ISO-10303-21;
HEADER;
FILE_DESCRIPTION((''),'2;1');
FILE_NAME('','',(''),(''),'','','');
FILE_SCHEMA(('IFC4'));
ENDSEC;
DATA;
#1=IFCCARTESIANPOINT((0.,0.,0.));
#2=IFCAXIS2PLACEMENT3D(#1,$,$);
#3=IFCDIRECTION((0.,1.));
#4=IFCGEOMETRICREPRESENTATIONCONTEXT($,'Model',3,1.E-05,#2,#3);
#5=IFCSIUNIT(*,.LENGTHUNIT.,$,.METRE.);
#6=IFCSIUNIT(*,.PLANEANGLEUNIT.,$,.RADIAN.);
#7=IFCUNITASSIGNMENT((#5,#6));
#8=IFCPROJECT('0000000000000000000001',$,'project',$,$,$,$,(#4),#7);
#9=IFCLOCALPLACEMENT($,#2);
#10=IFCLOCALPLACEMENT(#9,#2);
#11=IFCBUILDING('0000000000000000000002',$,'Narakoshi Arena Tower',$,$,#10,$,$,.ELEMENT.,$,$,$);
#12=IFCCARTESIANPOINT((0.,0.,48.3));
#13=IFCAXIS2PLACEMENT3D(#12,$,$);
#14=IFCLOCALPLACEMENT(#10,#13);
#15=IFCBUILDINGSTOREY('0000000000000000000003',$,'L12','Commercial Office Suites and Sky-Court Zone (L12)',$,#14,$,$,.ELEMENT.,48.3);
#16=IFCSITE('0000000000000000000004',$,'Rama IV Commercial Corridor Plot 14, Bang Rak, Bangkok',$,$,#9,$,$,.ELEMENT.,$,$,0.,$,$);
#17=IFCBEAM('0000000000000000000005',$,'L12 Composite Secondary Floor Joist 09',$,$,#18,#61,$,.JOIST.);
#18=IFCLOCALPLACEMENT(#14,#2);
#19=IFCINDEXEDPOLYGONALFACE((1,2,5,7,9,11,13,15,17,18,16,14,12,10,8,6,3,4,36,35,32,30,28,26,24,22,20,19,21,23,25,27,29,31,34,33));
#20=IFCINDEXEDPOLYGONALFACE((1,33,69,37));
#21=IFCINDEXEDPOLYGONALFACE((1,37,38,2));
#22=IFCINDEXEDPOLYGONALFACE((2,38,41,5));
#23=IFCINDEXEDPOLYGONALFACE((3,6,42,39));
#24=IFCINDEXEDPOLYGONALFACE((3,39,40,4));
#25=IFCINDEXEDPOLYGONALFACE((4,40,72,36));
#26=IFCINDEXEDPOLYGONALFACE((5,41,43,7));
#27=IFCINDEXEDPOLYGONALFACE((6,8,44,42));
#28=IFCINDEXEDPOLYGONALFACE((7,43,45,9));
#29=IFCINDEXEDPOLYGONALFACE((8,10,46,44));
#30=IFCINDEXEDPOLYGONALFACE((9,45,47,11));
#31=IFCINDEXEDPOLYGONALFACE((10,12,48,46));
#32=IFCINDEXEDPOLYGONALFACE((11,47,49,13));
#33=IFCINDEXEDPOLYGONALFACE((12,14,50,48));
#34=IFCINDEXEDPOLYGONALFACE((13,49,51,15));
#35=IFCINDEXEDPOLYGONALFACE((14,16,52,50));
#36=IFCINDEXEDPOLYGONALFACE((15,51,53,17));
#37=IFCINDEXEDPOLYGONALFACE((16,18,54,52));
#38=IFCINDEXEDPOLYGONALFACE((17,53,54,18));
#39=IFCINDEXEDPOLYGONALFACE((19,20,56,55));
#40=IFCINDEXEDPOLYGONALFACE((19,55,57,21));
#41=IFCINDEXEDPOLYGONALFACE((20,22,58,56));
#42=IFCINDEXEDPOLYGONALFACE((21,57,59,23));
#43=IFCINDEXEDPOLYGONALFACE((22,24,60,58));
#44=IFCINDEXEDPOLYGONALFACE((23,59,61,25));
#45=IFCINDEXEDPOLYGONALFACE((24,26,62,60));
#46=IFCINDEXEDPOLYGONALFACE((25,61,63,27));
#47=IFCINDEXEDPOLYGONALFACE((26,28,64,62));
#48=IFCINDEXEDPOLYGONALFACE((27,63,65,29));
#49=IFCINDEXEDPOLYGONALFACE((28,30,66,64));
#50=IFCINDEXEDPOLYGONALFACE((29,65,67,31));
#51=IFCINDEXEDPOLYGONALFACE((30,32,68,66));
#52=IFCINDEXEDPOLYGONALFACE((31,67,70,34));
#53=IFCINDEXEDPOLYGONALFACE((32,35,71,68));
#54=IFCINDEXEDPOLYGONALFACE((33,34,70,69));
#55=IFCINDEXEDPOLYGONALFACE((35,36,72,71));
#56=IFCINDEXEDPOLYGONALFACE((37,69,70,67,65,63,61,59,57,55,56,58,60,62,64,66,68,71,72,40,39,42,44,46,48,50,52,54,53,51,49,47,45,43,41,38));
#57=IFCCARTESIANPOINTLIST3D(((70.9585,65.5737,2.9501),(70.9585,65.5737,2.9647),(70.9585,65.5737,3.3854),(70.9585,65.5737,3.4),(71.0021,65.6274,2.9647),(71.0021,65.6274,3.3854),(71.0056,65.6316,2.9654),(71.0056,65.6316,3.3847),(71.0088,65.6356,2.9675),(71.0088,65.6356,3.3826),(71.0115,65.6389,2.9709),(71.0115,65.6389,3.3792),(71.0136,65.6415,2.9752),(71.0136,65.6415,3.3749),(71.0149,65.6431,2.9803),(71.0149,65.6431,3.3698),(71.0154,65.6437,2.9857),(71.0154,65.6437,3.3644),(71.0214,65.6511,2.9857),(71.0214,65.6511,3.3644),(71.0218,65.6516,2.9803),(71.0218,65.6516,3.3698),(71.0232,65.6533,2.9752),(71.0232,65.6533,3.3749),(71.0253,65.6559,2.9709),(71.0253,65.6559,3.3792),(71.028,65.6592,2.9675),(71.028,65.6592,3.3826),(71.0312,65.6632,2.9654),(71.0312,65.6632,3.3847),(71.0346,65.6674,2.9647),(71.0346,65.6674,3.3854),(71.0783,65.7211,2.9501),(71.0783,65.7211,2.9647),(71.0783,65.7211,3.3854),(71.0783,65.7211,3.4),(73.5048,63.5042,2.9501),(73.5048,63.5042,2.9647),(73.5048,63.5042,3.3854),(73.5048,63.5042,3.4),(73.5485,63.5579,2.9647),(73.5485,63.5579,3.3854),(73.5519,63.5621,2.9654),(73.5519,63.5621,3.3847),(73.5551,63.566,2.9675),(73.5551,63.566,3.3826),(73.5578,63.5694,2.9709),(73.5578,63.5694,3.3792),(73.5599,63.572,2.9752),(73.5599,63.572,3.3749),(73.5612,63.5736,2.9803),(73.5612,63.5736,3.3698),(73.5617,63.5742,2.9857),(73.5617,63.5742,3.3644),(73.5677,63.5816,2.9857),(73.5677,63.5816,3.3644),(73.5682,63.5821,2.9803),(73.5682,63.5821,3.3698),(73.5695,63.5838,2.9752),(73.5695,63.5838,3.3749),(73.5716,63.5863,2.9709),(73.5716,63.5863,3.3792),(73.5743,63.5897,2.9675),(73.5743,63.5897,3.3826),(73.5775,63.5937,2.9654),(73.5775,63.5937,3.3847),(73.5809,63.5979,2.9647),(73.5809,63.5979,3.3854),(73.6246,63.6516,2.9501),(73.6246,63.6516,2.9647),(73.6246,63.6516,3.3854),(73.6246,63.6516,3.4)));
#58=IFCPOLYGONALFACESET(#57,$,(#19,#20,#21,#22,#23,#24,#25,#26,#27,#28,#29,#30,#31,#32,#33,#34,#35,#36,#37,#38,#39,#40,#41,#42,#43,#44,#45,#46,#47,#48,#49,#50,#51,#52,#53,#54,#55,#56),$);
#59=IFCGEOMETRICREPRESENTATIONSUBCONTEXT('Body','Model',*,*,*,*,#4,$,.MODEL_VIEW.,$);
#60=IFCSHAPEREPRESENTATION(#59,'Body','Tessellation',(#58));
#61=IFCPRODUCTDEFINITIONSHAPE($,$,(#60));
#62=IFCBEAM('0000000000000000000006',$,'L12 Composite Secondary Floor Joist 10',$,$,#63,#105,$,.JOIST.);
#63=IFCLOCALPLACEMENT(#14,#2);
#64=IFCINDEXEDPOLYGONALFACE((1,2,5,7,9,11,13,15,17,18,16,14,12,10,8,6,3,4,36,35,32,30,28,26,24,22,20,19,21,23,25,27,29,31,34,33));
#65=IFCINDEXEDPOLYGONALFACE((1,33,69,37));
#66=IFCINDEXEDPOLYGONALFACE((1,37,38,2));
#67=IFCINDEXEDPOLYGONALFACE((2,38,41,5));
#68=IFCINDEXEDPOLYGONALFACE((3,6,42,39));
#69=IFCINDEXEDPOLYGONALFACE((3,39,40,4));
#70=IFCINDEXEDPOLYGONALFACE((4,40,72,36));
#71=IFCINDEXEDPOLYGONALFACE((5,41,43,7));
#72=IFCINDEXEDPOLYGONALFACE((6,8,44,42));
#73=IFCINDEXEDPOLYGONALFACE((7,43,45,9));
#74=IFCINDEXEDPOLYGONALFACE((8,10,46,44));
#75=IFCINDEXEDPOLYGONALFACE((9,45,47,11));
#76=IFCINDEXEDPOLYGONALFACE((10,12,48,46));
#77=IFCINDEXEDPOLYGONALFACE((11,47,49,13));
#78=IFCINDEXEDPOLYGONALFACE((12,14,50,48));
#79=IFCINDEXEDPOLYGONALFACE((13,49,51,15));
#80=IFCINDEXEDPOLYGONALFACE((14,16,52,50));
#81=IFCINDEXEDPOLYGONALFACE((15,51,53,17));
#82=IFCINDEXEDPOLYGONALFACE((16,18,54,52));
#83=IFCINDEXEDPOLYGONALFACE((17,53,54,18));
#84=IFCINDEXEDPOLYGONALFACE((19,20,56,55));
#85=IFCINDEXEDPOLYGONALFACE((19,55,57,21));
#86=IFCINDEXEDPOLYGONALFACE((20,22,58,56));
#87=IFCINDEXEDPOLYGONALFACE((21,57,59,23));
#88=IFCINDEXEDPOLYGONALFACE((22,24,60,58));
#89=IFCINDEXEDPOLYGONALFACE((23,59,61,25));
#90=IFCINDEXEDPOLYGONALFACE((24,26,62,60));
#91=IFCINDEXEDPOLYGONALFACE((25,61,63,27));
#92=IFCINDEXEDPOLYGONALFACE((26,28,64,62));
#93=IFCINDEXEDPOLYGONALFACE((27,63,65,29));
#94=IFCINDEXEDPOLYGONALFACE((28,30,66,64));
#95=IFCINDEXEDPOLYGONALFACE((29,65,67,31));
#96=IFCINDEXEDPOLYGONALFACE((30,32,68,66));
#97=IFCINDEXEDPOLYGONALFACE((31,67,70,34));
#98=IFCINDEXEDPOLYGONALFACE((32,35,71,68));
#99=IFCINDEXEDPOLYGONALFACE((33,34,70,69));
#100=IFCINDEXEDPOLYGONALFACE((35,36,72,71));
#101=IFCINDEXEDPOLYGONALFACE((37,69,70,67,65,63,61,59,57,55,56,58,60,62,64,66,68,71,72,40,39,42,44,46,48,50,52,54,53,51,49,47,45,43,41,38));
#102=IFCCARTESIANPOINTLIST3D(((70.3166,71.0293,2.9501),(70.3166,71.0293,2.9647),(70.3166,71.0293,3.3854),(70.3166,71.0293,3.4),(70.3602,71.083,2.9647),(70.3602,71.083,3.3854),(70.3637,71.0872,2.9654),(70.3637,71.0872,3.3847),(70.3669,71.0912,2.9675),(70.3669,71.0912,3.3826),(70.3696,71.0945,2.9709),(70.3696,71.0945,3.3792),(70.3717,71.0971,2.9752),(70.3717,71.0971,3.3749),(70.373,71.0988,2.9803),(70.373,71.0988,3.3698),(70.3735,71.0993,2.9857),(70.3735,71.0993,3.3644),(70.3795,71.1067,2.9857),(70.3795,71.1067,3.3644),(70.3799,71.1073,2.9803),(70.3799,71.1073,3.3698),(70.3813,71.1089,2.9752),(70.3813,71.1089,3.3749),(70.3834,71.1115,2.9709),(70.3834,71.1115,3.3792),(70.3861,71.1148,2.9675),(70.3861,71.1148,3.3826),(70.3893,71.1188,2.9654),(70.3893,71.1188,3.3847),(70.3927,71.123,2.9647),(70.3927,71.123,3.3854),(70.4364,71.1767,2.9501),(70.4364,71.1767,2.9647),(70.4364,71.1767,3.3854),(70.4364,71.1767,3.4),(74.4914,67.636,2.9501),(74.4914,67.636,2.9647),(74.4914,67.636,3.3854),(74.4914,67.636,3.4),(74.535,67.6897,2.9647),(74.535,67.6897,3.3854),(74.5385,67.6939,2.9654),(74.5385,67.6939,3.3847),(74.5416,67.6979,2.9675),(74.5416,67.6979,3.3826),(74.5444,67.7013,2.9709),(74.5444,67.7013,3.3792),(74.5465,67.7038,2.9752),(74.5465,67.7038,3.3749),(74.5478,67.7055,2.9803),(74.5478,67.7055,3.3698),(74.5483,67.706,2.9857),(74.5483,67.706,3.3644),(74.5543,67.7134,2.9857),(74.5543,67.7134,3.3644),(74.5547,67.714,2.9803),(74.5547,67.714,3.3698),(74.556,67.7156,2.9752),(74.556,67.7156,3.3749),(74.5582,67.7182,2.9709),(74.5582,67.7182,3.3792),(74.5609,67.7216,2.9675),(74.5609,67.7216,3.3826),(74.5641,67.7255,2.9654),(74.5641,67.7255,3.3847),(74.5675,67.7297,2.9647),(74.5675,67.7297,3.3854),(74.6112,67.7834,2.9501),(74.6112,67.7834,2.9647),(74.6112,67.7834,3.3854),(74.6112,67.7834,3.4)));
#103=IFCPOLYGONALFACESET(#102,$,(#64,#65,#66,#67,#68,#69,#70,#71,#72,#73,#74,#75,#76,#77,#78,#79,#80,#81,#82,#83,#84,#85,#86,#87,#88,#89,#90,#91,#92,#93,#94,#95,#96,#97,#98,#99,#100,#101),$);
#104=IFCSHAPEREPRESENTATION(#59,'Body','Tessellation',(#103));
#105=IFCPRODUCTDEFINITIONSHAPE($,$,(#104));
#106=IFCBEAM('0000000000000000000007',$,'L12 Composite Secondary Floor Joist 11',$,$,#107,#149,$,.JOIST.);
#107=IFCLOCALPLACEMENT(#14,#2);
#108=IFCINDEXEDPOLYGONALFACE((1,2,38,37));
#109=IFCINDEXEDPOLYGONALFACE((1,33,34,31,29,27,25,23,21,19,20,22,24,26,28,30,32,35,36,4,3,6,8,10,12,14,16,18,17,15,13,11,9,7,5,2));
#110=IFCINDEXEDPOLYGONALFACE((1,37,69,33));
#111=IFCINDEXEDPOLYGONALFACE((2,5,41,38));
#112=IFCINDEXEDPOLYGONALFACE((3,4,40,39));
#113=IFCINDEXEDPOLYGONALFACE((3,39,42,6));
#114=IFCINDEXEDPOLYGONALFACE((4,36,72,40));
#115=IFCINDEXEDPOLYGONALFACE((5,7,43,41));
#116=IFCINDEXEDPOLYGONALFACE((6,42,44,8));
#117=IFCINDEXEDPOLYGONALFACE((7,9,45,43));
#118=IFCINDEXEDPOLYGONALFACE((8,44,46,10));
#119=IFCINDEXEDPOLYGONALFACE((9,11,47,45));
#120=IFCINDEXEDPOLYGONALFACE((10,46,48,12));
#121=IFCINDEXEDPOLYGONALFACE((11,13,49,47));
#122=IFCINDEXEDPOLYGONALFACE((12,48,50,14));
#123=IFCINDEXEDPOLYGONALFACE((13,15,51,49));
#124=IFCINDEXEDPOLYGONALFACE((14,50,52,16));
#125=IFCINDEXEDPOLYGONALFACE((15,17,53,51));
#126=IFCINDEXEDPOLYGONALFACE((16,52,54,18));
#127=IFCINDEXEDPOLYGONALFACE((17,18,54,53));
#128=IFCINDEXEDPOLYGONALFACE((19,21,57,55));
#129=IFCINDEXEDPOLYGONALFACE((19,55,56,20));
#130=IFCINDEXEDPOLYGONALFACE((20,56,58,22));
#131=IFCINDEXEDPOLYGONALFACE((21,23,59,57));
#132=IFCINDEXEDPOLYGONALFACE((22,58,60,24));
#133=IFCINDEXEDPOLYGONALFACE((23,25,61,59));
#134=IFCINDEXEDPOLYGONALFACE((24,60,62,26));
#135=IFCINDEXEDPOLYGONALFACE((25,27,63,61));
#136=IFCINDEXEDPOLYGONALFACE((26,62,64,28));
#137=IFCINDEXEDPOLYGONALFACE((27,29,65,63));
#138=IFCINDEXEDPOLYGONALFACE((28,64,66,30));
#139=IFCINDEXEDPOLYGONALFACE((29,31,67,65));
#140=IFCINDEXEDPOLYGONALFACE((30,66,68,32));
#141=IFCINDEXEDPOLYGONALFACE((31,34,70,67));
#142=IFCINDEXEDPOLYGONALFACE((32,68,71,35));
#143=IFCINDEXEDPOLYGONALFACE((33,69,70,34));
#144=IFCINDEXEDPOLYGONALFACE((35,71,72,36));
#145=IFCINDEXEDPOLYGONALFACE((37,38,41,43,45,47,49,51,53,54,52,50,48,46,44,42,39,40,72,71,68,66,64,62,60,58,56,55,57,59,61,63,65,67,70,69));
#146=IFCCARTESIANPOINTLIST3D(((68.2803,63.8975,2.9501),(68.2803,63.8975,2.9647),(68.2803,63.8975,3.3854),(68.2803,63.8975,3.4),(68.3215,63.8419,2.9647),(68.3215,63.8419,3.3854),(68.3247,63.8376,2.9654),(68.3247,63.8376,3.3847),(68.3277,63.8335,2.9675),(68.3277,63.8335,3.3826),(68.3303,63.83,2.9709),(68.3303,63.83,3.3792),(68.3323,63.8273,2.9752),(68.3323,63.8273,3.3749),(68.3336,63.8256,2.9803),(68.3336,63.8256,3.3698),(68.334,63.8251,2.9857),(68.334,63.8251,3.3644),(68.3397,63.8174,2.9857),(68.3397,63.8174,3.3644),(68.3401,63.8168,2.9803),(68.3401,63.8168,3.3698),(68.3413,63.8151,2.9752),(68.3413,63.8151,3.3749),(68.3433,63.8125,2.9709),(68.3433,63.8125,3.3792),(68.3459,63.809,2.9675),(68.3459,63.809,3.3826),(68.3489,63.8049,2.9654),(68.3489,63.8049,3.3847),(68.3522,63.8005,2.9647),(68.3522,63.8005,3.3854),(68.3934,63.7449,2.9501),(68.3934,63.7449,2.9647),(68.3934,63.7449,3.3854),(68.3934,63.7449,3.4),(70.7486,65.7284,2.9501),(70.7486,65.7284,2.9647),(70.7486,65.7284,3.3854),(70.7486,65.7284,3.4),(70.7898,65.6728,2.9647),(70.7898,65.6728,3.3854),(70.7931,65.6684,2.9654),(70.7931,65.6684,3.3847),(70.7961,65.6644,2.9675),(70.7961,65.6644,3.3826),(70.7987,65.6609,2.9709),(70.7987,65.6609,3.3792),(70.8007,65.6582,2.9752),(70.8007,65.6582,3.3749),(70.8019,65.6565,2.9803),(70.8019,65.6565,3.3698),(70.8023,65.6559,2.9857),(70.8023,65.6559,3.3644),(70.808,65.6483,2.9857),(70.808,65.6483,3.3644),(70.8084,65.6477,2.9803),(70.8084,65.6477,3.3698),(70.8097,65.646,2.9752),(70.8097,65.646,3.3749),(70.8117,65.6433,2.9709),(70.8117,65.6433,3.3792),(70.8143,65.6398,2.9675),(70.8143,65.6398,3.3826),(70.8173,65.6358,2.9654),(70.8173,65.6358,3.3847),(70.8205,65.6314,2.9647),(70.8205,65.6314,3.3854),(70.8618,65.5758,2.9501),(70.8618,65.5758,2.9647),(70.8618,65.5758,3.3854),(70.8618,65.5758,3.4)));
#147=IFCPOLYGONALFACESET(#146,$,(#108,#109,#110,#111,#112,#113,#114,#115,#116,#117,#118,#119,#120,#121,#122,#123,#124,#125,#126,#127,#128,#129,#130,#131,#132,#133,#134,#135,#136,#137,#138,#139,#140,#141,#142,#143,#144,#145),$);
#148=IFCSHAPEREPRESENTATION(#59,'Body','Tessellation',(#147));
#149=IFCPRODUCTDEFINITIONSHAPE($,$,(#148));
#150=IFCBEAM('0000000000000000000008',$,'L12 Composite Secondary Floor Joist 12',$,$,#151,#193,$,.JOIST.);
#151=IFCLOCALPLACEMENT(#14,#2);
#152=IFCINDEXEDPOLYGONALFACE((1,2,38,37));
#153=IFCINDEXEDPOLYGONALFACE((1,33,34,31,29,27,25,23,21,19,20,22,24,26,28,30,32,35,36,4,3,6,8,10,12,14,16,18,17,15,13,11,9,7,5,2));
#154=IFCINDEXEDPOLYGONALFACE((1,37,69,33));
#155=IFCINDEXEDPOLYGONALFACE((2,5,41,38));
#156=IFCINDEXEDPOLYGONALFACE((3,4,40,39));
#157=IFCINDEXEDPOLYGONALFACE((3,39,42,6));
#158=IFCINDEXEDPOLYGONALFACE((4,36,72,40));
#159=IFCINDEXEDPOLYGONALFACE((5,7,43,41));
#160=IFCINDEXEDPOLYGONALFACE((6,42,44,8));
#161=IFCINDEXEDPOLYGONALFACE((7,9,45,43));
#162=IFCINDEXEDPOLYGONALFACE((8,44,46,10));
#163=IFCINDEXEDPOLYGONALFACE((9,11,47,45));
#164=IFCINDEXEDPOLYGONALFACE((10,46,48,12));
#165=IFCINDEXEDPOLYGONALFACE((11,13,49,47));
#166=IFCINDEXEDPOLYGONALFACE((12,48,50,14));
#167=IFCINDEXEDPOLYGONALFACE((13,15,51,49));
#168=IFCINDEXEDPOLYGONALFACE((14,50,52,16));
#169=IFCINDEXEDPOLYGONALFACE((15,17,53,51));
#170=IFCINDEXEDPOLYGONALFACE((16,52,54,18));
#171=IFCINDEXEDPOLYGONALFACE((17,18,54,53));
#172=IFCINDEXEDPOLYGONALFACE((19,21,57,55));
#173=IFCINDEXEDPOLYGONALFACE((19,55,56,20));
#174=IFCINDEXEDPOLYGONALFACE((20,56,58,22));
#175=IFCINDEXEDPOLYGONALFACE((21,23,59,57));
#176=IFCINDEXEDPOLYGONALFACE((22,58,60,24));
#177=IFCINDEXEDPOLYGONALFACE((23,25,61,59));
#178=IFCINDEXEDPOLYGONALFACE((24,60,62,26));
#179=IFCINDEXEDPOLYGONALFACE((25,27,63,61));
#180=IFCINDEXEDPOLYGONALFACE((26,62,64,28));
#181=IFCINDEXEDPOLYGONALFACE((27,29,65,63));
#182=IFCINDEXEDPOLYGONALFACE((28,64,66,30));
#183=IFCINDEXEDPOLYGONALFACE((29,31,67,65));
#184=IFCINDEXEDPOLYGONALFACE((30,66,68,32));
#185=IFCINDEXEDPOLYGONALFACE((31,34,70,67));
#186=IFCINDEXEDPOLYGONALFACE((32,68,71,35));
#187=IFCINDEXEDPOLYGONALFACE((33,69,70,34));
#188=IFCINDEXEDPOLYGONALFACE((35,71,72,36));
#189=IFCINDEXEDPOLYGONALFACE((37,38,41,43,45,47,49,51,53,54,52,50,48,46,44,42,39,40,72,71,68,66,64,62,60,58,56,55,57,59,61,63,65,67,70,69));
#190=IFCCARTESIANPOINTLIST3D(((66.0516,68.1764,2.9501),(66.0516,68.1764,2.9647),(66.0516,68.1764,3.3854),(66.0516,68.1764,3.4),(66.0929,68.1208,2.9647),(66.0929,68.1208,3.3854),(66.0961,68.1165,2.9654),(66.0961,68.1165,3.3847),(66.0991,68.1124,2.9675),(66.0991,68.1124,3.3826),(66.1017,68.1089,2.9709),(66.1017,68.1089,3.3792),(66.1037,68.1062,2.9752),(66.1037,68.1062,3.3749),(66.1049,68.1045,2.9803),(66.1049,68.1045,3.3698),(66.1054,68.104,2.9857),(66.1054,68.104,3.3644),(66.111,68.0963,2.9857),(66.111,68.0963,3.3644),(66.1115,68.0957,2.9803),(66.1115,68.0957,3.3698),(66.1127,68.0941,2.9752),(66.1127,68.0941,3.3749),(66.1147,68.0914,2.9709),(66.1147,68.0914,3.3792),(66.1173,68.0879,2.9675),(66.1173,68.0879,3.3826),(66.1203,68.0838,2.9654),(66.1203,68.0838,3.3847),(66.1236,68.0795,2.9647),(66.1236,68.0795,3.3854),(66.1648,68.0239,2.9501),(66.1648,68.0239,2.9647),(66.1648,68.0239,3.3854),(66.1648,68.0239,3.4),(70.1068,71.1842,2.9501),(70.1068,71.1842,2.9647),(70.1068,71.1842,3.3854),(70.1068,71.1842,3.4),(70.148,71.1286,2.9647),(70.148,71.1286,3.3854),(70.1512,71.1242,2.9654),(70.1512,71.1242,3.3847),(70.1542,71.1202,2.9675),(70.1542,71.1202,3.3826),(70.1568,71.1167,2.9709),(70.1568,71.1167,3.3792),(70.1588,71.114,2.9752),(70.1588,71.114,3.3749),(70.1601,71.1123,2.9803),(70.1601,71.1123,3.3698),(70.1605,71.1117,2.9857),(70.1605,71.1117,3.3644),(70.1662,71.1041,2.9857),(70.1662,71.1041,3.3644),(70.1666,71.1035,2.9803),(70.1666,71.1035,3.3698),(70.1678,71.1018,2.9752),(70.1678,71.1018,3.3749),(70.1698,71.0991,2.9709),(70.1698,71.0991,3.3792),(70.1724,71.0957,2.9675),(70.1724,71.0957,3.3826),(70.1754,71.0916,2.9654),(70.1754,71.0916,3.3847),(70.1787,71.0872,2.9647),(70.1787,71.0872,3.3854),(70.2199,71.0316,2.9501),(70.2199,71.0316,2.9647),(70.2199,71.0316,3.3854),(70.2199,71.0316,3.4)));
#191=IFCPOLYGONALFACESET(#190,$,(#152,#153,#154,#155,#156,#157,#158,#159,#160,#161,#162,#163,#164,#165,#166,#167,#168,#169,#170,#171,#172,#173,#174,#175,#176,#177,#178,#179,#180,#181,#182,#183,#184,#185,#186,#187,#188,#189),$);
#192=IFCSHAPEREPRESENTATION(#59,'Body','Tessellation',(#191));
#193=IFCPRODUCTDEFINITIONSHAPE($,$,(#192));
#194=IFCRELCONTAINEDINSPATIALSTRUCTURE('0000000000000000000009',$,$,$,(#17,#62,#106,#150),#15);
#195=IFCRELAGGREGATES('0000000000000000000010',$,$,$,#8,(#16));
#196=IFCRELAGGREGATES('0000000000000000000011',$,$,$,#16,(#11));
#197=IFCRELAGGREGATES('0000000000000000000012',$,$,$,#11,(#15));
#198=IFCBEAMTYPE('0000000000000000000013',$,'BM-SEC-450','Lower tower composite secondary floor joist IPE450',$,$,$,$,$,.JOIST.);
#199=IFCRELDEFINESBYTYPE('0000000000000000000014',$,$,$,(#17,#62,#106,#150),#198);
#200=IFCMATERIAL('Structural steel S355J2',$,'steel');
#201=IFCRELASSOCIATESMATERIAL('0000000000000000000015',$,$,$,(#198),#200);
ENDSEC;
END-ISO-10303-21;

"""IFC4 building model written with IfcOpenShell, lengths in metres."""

from ifc_helpers import new_model, si_unit, direction, frame, origin, origin_2d, place, context, subcontext, project, spatial, i_section, extrude, material, material_profile, profile_set, type_object, element, save


model = new_model("IFC4")

# Units and contexts
model_context = context("Model", 3, precision=1e-05, world=origin(), true_north=direction((0.0, 1.0)))
body_context = subcontext(model_context, "Body", "Model", "MODEL_VIEW")
ifc_project = project(units=[si_unit("LENGTHUNIT", "METRE"), si_unit("PLANEANGLEUNIT", "RADIAN")], contexts=[model_context])

# Site, building, storey
site_placement = place(None, origin())
site = spatial("IfcSite", under=ifc_project, at=site_placement, Name="Rama IV Commercial Corridor Plot 14, Bang Rak, Bangkok", CompositionType="ELEMENT", RefElevation=0.0)
building_placement = place(site_placement, origin())
building = spatial("IfcBuilding", under=site, at=building_placement, Name="Narakoshi Arena Tower", CompositionType="ELEMENT")
storey_placement = place(building_placement, frame((0.0, 0.0, 48.3)))
storey = spatial("IfcBuildingStorey", under=building, at=storey_placement, Name="L12", Description="Commercial Office Suites and Sky-Court Zone (L12)", CompositionType="ELEMENT", Elevation=48.3)

# Beams
ifc_material_1 = material(Name="Structural steel S355J2", Category="steel")
ifc_material_profile_1 = material_profile(ifc_material_1, i_section(OverallWidth=0.1899, OverallDepth=0.45, WebThickness=0.0095, FlangeThickness=0.0146, FilletRadius=0.021, at=origin_2d()), Name="IPE450")
ifc_profile_set_1 = profile_set([ifc_material_profile_1], Name="Structural steel S355J2")
beam_type_1 = type_object("IfcBeamType", Name="BM-SEC-450", Description="Lower tower composite secondary floor joist IPE450", PredefinedType="JOIST", material=ifc_profile_set_1)
beam_1_placement = place(storey_placement, frame((73.5647, 63.5779, 3.175), z_axis=(-0.776018, 0.63071, 0.0), x_axis=(-0.63071, -0.776018, 0.0)))
element("IfcBeam", 1, at=beam_1_placement, inside=storey, type_object=beam_type_1, Name="L12 Composite Secondary Floor Joist 09", PredefinedType="JOIST", context=body_context, shape_type="SweptSolid", body=[
    extrude(i_section(OverallWidth=0.1899, OverallDepth=0.45, WebThickness=0.0095, FlangeThickness=0.0146, FilletRadius=0.021, at=origin_2d()), origin(), (0.0, 0.0, 1.0), 3.2812),
])
beam_2_placement = place(storey_placement, frame((74.5513, 67.7097, 3.175), z_axis=(-0.775997, 0.630736, 0.0), x_axis=(-0.630736, -0.775997, 0.0)))
element("IfcBeam", 2, at=beam_2_placement, inside=storey, type_object=beam_type_1, Name="L12 Composite Secondary Floor Joist 10", PredefinedType="JOIST", context=body_context, shape_type="SweptSolid", body=[
    extrude(i_section(OverallWidth=0.1899, OverallDepth=0.45, WebThickness=0.0095, FlangeThickness=0.0146, FilletRadius=0.021, at=origin_2d()), origin(), (0.0, 0.0, 1.0), 5.3799),
])
beam_3_placement = place(storey_placement, frame((70.8052, 65.6521, 3.175), z_axis=(-0.803173, -0.595746, 0.0), x_axis=(0.595746, -0.803173, 0.0)))
element("IfcBeam", 3, at=beam_3_placement, inside=storey, type_object=beam_type_1, Name="L12 Composite Secondary Floor Joist 11", PredefinedType="JOIST", context=body_context, shape_type="SweptSolid", body=[
    extrude(i_section(OverallWidth=0.1899, OverallDepth=0.45, WebThickness=0.0095, FlangeThickness=0.0146, FilletRadius=0.021, at=origin_2d()), origin(), (0.0, 0.0, 1.0), 3.0732),
])
beam_4_placement = place(storey_placement, frame((70.1633, 71.1079, 3.175), z_axis=(-0.80318, -0.595736, 0.0), x_axis=(0.595736, -0.80318, 0.0)))
element("IfcBeam", 4, at=beam_4_placement, inside=storey, type_object=beam_type_1, Name="L12 Composite Secondary Floor Joist 12", PredefinedType="JOIST", context=body_context, shape_type="SweptSolid", body=[
    extrude(i_section(OverallWidth=0.1899, OverallDepth=0.45, WebThickness=0.0095, FlangeThickness=0.0146, FilletRadius=0.021, at=origin_2d()), origin(), (0.0, 0.0, 1.0), 5.0488),
])

save(model, "model.ifc")
